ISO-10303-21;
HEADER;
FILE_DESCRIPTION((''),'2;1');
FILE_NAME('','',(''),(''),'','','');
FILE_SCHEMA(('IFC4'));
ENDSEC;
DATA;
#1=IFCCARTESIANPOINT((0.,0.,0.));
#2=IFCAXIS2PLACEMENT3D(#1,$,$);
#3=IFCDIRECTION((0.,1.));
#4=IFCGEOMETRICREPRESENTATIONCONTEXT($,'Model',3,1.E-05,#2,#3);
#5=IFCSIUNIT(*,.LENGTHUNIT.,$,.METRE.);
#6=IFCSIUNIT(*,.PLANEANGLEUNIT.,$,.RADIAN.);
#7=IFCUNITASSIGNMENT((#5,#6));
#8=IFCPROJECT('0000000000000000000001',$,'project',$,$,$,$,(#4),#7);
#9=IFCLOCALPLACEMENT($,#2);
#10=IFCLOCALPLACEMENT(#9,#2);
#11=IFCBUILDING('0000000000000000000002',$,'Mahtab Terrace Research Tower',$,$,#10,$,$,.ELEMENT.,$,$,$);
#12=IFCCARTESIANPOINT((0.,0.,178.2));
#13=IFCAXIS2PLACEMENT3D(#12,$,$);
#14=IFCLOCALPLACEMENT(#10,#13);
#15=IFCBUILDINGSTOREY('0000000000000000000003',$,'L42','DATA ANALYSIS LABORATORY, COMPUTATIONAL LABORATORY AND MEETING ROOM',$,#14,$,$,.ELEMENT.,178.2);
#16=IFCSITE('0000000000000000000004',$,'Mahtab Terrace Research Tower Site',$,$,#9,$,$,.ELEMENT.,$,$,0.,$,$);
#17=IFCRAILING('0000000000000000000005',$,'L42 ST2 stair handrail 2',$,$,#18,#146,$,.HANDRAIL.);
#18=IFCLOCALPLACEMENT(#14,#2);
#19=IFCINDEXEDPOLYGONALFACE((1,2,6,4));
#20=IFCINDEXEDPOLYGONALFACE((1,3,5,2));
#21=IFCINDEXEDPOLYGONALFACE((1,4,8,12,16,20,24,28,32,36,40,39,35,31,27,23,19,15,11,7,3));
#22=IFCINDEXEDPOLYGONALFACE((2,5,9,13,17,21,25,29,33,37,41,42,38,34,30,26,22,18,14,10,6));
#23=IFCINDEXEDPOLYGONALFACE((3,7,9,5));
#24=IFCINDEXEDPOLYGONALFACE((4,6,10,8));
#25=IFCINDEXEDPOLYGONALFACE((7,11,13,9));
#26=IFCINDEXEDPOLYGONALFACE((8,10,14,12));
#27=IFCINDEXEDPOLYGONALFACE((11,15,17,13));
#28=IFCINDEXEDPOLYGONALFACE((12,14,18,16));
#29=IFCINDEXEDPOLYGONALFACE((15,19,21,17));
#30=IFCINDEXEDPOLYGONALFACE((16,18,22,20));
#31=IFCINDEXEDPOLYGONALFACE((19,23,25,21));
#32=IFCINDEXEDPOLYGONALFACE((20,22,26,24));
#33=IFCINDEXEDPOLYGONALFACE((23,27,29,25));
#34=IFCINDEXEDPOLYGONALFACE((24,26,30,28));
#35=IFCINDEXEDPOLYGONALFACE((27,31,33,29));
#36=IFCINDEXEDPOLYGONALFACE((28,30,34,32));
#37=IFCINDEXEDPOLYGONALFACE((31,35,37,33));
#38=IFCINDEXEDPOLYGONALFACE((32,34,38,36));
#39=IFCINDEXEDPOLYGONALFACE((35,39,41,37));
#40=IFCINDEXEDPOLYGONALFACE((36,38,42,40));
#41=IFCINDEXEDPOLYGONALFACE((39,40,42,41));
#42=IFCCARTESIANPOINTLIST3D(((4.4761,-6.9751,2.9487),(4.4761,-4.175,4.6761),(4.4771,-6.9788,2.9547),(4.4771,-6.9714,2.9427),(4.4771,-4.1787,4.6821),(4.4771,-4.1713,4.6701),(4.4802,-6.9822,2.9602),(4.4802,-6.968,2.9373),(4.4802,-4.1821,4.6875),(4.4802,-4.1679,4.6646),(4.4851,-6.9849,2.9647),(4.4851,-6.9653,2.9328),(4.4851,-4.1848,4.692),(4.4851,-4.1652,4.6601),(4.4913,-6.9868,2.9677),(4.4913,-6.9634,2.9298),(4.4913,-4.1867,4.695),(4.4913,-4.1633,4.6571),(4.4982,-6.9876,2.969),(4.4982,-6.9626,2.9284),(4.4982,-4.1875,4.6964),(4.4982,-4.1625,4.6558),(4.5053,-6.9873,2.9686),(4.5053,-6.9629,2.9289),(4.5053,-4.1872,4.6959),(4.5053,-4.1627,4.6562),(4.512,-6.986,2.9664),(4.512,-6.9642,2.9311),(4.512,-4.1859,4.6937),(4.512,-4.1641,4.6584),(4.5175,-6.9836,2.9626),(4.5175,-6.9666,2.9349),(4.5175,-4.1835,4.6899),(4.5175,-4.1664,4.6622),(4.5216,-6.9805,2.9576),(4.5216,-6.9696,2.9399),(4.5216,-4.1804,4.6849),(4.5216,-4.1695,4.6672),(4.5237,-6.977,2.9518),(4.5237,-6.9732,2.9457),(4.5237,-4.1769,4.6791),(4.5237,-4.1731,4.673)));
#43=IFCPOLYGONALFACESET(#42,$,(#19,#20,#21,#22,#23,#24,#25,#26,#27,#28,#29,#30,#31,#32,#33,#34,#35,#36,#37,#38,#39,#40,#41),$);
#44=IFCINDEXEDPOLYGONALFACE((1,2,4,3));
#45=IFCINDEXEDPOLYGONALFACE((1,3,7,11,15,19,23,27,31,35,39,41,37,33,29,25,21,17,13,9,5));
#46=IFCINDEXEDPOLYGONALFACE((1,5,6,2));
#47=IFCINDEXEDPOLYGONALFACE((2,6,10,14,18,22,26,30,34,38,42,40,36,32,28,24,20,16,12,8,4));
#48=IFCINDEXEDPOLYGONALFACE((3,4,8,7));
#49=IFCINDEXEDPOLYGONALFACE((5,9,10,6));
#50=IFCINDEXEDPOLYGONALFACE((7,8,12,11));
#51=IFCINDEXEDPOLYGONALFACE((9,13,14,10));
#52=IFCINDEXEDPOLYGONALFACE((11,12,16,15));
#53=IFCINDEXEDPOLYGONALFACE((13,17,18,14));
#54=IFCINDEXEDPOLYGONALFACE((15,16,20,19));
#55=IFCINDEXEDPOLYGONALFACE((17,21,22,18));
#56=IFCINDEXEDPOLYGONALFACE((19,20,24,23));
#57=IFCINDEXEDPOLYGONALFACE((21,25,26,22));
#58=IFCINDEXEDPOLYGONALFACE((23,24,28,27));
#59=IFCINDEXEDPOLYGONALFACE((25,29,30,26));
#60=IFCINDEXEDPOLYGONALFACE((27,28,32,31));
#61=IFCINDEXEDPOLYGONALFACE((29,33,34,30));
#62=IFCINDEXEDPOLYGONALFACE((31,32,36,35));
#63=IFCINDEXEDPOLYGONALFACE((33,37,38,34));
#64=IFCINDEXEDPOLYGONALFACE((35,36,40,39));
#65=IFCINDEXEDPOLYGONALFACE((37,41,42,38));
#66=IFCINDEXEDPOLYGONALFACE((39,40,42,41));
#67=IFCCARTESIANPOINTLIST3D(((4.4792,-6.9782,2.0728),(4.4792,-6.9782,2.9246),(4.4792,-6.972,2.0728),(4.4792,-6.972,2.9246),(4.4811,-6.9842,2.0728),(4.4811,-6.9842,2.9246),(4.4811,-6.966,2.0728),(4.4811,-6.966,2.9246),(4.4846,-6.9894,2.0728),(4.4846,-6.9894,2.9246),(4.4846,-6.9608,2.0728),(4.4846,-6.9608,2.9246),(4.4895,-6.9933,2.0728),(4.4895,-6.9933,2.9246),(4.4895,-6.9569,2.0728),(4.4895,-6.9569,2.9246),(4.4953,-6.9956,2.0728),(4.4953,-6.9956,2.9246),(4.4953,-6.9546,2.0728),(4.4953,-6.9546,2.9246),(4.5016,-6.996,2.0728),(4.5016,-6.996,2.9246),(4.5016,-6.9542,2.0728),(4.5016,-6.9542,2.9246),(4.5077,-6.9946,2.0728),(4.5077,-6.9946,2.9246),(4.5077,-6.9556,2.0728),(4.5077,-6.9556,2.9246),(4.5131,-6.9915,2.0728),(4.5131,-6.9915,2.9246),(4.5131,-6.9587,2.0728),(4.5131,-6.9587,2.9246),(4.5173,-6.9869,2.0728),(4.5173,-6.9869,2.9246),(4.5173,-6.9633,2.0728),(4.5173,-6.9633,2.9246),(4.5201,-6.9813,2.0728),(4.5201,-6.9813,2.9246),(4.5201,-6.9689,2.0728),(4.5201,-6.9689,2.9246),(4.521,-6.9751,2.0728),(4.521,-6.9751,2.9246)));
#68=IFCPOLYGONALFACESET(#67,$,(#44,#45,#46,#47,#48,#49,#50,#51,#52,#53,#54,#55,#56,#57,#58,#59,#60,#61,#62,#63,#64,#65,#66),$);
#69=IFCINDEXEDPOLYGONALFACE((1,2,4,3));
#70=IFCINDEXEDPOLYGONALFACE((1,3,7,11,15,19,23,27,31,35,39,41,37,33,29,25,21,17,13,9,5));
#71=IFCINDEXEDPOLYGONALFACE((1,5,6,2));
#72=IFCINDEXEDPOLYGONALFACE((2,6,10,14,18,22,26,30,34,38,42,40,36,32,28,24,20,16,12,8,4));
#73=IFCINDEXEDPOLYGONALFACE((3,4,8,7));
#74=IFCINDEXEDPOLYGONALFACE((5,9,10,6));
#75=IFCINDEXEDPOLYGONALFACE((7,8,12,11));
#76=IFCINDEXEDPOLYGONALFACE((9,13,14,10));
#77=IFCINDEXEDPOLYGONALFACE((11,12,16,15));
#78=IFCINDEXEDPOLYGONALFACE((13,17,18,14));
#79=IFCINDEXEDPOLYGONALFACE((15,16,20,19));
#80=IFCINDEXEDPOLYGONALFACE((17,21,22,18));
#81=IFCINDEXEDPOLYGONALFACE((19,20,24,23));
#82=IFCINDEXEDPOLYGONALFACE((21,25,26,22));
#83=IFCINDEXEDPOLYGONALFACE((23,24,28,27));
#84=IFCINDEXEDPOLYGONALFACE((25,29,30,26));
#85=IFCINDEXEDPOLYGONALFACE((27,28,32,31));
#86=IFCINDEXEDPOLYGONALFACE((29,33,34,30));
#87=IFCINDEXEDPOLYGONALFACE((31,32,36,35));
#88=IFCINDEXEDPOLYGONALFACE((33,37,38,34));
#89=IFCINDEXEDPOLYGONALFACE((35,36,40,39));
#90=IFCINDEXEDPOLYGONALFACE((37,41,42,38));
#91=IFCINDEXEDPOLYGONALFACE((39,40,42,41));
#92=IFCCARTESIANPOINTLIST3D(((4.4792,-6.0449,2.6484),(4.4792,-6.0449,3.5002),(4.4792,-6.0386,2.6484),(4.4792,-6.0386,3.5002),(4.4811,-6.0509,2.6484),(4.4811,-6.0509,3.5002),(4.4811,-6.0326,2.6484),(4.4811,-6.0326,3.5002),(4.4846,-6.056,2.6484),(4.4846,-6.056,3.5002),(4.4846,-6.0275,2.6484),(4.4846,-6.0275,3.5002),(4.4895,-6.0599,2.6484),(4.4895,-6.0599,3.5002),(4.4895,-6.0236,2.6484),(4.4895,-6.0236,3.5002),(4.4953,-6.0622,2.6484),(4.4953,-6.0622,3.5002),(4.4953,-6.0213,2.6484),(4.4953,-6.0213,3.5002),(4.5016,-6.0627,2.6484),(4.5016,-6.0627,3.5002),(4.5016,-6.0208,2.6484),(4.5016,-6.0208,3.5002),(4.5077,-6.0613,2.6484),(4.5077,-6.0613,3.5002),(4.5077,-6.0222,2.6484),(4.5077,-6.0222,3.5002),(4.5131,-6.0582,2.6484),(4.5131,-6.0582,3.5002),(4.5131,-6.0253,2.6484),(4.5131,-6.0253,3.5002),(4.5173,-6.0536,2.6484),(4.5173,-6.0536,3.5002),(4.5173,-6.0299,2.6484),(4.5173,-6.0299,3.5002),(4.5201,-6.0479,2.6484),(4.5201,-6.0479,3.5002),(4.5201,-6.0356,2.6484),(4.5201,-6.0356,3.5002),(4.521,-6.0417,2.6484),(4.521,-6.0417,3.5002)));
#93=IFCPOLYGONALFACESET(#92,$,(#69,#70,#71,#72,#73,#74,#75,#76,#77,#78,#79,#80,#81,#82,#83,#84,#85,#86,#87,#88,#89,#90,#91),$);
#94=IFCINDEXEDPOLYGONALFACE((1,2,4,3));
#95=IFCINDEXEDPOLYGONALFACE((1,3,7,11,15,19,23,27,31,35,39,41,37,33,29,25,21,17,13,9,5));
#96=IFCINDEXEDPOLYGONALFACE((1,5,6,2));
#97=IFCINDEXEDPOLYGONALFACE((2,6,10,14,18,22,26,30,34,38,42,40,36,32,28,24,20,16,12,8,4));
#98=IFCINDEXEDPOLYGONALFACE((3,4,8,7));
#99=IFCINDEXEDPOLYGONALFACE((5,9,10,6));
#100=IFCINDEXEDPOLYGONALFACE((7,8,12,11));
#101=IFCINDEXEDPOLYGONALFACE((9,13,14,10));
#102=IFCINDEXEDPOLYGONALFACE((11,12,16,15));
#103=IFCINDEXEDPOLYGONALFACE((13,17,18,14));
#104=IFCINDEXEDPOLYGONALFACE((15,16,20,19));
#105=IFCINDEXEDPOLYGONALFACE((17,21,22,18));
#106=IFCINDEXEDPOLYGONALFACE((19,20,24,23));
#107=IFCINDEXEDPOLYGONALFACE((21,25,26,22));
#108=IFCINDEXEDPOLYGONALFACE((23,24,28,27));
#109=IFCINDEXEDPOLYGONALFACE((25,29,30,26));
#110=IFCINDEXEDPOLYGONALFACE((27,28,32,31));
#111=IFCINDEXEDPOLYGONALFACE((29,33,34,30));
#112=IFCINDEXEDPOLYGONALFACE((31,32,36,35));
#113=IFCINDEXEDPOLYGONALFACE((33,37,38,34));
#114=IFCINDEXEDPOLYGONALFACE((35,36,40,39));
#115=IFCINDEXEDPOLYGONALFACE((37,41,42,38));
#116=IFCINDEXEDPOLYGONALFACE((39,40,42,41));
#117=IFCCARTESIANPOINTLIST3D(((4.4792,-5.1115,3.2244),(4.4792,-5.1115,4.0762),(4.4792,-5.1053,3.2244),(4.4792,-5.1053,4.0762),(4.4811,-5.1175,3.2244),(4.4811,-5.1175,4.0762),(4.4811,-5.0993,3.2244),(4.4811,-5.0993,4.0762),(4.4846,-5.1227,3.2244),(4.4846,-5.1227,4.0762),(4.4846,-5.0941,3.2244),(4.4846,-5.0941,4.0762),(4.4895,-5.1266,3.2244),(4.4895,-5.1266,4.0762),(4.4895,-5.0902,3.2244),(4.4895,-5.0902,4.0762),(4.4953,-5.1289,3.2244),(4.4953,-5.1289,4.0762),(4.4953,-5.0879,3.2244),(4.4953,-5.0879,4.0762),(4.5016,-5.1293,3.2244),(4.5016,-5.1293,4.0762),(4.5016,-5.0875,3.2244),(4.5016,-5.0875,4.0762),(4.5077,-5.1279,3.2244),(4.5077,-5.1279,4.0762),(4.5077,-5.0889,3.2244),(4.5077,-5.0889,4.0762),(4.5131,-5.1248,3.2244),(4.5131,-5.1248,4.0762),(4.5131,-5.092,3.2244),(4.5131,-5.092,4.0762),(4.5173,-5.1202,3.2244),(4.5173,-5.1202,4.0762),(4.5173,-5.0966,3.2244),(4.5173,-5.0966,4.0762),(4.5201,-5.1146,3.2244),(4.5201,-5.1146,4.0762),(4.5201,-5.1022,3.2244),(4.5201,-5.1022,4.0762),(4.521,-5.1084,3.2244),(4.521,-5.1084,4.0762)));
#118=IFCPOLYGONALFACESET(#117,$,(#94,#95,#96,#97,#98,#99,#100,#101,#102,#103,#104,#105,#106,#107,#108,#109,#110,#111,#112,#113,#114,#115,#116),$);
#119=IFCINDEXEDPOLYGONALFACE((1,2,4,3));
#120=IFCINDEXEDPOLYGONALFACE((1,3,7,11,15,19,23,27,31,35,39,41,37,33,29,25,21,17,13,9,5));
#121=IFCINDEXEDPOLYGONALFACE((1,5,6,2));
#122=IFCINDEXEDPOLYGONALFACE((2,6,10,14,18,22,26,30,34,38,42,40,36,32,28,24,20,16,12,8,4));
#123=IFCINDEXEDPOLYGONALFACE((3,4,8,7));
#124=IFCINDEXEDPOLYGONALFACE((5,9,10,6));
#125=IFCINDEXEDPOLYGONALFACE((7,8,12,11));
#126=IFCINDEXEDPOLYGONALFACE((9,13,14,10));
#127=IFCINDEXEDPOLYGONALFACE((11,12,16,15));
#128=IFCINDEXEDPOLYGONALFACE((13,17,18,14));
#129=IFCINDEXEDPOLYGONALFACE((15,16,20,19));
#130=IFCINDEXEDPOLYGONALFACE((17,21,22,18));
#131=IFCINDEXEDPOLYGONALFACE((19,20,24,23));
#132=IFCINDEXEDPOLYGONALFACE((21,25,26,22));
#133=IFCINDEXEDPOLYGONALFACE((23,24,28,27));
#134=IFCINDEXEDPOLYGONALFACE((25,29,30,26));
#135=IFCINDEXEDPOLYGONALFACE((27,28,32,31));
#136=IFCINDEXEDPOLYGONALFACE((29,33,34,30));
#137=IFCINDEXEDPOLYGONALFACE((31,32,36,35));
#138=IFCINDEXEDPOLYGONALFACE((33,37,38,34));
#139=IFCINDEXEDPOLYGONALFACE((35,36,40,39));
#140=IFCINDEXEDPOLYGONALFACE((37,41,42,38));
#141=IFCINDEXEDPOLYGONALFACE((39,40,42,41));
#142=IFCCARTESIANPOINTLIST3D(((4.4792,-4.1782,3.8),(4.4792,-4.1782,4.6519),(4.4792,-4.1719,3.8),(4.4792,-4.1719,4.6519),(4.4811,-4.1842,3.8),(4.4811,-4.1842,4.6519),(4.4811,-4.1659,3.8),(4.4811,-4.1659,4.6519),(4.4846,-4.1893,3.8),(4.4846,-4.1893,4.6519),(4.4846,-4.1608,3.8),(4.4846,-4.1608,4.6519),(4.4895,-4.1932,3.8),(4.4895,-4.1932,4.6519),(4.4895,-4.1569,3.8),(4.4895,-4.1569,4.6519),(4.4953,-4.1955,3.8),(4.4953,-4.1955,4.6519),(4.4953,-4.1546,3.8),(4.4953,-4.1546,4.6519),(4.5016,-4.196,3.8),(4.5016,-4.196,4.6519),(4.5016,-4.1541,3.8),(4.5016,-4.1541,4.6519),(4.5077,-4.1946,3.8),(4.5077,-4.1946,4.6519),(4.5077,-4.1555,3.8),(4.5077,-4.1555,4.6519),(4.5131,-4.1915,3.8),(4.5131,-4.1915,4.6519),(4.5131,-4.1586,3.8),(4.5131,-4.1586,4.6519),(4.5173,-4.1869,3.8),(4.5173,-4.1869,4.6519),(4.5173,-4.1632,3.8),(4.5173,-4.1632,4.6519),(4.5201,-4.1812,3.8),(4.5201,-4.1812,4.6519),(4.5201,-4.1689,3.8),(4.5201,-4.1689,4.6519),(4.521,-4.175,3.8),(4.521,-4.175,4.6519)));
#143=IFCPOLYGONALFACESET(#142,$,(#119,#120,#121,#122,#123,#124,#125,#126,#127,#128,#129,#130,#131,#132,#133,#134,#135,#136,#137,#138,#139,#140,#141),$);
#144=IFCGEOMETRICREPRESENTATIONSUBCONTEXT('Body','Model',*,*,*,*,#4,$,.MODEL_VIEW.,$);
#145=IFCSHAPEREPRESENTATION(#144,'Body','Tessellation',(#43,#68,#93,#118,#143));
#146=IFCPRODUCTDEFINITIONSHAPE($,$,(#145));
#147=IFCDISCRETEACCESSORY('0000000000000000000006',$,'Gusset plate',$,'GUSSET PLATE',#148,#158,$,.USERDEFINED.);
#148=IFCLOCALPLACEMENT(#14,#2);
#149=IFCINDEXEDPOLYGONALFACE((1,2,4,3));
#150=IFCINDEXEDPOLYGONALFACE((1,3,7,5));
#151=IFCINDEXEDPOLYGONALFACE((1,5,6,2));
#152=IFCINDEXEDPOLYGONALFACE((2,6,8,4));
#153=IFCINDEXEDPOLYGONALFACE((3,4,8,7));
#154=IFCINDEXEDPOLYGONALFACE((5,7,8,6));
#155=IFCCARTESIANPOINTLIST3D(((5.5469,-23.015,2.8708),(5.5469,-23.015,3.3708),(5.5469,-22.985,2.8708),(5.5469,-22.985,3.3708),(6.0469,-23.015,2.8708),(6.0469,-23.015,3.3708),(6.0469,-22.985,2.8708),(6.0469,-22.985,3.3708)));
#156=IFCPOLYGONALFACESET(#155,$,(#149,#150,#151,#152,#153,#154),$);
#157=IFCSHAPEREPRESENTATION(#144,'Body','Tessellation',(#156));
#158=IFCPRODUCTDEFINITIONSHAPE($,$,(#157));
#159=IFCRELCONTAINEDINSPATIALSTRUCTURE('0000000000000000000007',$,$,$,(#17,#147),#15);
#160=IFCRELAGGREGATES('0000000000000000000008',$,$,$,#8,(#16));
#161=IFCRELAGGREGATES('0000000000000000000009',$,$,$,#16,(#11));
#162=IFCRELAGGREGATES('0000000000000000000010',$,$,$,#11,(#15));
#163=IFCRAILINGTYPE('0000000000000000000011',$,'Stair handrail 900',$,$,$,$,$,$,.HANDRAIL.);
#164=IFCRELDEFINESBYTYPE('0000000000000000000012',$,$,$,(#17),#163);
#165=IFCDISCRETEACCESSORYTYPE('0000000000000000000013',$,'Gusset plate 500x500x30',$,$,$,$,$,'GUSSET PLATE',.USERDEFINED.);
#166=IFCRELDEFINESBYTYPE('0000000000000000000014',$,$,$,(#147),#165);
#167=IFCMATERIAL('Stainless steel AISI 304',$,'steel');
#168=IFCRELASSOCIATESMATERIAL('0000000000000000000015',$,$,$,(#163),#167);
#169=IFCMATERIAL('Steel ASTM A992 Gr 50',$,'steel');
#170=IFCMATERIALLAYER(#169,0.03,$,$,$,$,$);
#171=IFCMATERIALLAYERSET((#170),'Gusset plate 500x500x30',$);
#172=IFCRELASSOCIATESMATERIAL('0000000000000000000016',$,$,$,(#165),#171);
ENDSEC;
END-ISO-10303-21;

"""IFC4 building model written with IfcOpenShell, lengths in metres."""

from ifc_helpers import new_model, si_unit, direction, frame, origin, origin_2d, place, context, subcontext, project, spatial, rectangle, circle, extrude, material, layer, layer_set, type_object, element, save


model = new_model("IFC4")

# Units and contexts
model_context = context("Model", 3, precision=1e-05, world=origin(), true_north=direction((0.0, 1.0)))
body_context = subcontext(model_context, "Body", "Model", "MODEL_VIEW")
ifc_project = project(units=[si_unit("LENGTHUNIT", "METRE"), si_unit("PLANEANGLEUNIT", "RADIAN")], contexts=[model_context])

# Site, building, storey
site_placement = place(None, origin())
site = spatial("IfcSite", under=ifc_project, at=site_placement, Name="Mahtab Terrace Research Tower Site", CompositionType="ELEMENT", RefElevation=0.0)
building_placement = place(site_placement, origin())
building = spatial("IfcBuilding", under=site, at=building_placement, Name="Mahtab Terrace Research Tower", CompositionType="ELEMENT")
storey_placement = place(building_placement, frame((0.0, 0.0, 178.2)))
storey = spatial("IfcBuildingStorey", under=building, at=storey_placement, Name="L42", Description="DATA ANALYSIS LABORATORY, COMPUTATIONAL LABORATORY AND MEETING ROOM", CompositionType="ELEMENT", Elevation=178.2)

# Shared definitions
ifc_material_1 = material(Name="Steel ASTM A992 Gr 50", Category="steel")

# Railing
ifc_material_2 = material(Name="Stainless steel AISI 304", Category="steel")
railing_type_1 = type_object("IfcRailingType", Name="Stair handrail 900", PredefinedType="HANDRAIL", material=ifc_material_2)
railing_1_placement = place(storey_placement, frame((4.5, -6.9751, 2.0728)))
element("IfcRailing", 1, at=railing_1_placement, inside=storey, type_object=railing_type_1, Name="L42 ST2 stair handrail 2", PredefinedType="HANDRAIL", context=body_context, shape_type="SweptSolid", body=[
    extrude(circle(Radius=0.0239, at=origin_2d()), frame((0.0, 0.0, 0.876), z_axis=(0.0, 0.85109, 0.52502), x_axis=(-1.0, 0.0, 0.0)), (0.0, 0.0, 1.0), 3.29),
    extrude(circle(Radius=0.021, at=origin_2d()), origin(), (0.0, 0.0, 1.0), 0.8518),
    extrude(circle(Radius=0.021, at=origin_2d()), frame((0.0, 0.9333, 0.5757)), (0.0, 0.0, 1.0), 0.8518),
    extrude(circle(Radius=0.021, at=origin_2d()), frame((0.0, 1.8667, 1.1516)), (0.0, 0.0, 1.0), 0.8518),
    extrude(circle(Radius=0.021, at=origin_2d()), frame((0.0, 2.8, 1.7273)), (0.0, 0.0, 1.0), 0.8518),
])

# Discrete accessory
ifc_layer_1 = layer(ifc_material_1, 0.03)
ifc_layer_set_1 = layer_set([ifc_layer_1], Name="Gusset plate 500x500x30")
discrete_accessory_type = type_object("IfcDiscreteAccessoryType", Name="Gusset plate 500x500x30", ElementType="GUSSET PLATE", PredefinedType="USERDEFINED", material=ifc_layer_set_1)
discrete_accessory_placement = place(storey_placement, frame((5.7969, -23.0, 2.8708), z_axis=(0.0, 0.0, 1.0), x_axis=(1.0, 0.0, 0.0)))
element("IfcDiscreteAccessory", 2, at=discrete_accessory_placement, inside=storey, type_object=discrete_accessory_type, Name="Gusset plate", ObjectType="GUSSET PLATE", PredefinedType="USERDEFINED", context=body_context, shape_type="SweptSolid", body=[
    extrude(rectangle(XDim=0.5, YDim=0.03, at=origin_2d()), origin(), (0.0, 0.0, 1.0), 0.5),
])

save(model, "model.ifc")
